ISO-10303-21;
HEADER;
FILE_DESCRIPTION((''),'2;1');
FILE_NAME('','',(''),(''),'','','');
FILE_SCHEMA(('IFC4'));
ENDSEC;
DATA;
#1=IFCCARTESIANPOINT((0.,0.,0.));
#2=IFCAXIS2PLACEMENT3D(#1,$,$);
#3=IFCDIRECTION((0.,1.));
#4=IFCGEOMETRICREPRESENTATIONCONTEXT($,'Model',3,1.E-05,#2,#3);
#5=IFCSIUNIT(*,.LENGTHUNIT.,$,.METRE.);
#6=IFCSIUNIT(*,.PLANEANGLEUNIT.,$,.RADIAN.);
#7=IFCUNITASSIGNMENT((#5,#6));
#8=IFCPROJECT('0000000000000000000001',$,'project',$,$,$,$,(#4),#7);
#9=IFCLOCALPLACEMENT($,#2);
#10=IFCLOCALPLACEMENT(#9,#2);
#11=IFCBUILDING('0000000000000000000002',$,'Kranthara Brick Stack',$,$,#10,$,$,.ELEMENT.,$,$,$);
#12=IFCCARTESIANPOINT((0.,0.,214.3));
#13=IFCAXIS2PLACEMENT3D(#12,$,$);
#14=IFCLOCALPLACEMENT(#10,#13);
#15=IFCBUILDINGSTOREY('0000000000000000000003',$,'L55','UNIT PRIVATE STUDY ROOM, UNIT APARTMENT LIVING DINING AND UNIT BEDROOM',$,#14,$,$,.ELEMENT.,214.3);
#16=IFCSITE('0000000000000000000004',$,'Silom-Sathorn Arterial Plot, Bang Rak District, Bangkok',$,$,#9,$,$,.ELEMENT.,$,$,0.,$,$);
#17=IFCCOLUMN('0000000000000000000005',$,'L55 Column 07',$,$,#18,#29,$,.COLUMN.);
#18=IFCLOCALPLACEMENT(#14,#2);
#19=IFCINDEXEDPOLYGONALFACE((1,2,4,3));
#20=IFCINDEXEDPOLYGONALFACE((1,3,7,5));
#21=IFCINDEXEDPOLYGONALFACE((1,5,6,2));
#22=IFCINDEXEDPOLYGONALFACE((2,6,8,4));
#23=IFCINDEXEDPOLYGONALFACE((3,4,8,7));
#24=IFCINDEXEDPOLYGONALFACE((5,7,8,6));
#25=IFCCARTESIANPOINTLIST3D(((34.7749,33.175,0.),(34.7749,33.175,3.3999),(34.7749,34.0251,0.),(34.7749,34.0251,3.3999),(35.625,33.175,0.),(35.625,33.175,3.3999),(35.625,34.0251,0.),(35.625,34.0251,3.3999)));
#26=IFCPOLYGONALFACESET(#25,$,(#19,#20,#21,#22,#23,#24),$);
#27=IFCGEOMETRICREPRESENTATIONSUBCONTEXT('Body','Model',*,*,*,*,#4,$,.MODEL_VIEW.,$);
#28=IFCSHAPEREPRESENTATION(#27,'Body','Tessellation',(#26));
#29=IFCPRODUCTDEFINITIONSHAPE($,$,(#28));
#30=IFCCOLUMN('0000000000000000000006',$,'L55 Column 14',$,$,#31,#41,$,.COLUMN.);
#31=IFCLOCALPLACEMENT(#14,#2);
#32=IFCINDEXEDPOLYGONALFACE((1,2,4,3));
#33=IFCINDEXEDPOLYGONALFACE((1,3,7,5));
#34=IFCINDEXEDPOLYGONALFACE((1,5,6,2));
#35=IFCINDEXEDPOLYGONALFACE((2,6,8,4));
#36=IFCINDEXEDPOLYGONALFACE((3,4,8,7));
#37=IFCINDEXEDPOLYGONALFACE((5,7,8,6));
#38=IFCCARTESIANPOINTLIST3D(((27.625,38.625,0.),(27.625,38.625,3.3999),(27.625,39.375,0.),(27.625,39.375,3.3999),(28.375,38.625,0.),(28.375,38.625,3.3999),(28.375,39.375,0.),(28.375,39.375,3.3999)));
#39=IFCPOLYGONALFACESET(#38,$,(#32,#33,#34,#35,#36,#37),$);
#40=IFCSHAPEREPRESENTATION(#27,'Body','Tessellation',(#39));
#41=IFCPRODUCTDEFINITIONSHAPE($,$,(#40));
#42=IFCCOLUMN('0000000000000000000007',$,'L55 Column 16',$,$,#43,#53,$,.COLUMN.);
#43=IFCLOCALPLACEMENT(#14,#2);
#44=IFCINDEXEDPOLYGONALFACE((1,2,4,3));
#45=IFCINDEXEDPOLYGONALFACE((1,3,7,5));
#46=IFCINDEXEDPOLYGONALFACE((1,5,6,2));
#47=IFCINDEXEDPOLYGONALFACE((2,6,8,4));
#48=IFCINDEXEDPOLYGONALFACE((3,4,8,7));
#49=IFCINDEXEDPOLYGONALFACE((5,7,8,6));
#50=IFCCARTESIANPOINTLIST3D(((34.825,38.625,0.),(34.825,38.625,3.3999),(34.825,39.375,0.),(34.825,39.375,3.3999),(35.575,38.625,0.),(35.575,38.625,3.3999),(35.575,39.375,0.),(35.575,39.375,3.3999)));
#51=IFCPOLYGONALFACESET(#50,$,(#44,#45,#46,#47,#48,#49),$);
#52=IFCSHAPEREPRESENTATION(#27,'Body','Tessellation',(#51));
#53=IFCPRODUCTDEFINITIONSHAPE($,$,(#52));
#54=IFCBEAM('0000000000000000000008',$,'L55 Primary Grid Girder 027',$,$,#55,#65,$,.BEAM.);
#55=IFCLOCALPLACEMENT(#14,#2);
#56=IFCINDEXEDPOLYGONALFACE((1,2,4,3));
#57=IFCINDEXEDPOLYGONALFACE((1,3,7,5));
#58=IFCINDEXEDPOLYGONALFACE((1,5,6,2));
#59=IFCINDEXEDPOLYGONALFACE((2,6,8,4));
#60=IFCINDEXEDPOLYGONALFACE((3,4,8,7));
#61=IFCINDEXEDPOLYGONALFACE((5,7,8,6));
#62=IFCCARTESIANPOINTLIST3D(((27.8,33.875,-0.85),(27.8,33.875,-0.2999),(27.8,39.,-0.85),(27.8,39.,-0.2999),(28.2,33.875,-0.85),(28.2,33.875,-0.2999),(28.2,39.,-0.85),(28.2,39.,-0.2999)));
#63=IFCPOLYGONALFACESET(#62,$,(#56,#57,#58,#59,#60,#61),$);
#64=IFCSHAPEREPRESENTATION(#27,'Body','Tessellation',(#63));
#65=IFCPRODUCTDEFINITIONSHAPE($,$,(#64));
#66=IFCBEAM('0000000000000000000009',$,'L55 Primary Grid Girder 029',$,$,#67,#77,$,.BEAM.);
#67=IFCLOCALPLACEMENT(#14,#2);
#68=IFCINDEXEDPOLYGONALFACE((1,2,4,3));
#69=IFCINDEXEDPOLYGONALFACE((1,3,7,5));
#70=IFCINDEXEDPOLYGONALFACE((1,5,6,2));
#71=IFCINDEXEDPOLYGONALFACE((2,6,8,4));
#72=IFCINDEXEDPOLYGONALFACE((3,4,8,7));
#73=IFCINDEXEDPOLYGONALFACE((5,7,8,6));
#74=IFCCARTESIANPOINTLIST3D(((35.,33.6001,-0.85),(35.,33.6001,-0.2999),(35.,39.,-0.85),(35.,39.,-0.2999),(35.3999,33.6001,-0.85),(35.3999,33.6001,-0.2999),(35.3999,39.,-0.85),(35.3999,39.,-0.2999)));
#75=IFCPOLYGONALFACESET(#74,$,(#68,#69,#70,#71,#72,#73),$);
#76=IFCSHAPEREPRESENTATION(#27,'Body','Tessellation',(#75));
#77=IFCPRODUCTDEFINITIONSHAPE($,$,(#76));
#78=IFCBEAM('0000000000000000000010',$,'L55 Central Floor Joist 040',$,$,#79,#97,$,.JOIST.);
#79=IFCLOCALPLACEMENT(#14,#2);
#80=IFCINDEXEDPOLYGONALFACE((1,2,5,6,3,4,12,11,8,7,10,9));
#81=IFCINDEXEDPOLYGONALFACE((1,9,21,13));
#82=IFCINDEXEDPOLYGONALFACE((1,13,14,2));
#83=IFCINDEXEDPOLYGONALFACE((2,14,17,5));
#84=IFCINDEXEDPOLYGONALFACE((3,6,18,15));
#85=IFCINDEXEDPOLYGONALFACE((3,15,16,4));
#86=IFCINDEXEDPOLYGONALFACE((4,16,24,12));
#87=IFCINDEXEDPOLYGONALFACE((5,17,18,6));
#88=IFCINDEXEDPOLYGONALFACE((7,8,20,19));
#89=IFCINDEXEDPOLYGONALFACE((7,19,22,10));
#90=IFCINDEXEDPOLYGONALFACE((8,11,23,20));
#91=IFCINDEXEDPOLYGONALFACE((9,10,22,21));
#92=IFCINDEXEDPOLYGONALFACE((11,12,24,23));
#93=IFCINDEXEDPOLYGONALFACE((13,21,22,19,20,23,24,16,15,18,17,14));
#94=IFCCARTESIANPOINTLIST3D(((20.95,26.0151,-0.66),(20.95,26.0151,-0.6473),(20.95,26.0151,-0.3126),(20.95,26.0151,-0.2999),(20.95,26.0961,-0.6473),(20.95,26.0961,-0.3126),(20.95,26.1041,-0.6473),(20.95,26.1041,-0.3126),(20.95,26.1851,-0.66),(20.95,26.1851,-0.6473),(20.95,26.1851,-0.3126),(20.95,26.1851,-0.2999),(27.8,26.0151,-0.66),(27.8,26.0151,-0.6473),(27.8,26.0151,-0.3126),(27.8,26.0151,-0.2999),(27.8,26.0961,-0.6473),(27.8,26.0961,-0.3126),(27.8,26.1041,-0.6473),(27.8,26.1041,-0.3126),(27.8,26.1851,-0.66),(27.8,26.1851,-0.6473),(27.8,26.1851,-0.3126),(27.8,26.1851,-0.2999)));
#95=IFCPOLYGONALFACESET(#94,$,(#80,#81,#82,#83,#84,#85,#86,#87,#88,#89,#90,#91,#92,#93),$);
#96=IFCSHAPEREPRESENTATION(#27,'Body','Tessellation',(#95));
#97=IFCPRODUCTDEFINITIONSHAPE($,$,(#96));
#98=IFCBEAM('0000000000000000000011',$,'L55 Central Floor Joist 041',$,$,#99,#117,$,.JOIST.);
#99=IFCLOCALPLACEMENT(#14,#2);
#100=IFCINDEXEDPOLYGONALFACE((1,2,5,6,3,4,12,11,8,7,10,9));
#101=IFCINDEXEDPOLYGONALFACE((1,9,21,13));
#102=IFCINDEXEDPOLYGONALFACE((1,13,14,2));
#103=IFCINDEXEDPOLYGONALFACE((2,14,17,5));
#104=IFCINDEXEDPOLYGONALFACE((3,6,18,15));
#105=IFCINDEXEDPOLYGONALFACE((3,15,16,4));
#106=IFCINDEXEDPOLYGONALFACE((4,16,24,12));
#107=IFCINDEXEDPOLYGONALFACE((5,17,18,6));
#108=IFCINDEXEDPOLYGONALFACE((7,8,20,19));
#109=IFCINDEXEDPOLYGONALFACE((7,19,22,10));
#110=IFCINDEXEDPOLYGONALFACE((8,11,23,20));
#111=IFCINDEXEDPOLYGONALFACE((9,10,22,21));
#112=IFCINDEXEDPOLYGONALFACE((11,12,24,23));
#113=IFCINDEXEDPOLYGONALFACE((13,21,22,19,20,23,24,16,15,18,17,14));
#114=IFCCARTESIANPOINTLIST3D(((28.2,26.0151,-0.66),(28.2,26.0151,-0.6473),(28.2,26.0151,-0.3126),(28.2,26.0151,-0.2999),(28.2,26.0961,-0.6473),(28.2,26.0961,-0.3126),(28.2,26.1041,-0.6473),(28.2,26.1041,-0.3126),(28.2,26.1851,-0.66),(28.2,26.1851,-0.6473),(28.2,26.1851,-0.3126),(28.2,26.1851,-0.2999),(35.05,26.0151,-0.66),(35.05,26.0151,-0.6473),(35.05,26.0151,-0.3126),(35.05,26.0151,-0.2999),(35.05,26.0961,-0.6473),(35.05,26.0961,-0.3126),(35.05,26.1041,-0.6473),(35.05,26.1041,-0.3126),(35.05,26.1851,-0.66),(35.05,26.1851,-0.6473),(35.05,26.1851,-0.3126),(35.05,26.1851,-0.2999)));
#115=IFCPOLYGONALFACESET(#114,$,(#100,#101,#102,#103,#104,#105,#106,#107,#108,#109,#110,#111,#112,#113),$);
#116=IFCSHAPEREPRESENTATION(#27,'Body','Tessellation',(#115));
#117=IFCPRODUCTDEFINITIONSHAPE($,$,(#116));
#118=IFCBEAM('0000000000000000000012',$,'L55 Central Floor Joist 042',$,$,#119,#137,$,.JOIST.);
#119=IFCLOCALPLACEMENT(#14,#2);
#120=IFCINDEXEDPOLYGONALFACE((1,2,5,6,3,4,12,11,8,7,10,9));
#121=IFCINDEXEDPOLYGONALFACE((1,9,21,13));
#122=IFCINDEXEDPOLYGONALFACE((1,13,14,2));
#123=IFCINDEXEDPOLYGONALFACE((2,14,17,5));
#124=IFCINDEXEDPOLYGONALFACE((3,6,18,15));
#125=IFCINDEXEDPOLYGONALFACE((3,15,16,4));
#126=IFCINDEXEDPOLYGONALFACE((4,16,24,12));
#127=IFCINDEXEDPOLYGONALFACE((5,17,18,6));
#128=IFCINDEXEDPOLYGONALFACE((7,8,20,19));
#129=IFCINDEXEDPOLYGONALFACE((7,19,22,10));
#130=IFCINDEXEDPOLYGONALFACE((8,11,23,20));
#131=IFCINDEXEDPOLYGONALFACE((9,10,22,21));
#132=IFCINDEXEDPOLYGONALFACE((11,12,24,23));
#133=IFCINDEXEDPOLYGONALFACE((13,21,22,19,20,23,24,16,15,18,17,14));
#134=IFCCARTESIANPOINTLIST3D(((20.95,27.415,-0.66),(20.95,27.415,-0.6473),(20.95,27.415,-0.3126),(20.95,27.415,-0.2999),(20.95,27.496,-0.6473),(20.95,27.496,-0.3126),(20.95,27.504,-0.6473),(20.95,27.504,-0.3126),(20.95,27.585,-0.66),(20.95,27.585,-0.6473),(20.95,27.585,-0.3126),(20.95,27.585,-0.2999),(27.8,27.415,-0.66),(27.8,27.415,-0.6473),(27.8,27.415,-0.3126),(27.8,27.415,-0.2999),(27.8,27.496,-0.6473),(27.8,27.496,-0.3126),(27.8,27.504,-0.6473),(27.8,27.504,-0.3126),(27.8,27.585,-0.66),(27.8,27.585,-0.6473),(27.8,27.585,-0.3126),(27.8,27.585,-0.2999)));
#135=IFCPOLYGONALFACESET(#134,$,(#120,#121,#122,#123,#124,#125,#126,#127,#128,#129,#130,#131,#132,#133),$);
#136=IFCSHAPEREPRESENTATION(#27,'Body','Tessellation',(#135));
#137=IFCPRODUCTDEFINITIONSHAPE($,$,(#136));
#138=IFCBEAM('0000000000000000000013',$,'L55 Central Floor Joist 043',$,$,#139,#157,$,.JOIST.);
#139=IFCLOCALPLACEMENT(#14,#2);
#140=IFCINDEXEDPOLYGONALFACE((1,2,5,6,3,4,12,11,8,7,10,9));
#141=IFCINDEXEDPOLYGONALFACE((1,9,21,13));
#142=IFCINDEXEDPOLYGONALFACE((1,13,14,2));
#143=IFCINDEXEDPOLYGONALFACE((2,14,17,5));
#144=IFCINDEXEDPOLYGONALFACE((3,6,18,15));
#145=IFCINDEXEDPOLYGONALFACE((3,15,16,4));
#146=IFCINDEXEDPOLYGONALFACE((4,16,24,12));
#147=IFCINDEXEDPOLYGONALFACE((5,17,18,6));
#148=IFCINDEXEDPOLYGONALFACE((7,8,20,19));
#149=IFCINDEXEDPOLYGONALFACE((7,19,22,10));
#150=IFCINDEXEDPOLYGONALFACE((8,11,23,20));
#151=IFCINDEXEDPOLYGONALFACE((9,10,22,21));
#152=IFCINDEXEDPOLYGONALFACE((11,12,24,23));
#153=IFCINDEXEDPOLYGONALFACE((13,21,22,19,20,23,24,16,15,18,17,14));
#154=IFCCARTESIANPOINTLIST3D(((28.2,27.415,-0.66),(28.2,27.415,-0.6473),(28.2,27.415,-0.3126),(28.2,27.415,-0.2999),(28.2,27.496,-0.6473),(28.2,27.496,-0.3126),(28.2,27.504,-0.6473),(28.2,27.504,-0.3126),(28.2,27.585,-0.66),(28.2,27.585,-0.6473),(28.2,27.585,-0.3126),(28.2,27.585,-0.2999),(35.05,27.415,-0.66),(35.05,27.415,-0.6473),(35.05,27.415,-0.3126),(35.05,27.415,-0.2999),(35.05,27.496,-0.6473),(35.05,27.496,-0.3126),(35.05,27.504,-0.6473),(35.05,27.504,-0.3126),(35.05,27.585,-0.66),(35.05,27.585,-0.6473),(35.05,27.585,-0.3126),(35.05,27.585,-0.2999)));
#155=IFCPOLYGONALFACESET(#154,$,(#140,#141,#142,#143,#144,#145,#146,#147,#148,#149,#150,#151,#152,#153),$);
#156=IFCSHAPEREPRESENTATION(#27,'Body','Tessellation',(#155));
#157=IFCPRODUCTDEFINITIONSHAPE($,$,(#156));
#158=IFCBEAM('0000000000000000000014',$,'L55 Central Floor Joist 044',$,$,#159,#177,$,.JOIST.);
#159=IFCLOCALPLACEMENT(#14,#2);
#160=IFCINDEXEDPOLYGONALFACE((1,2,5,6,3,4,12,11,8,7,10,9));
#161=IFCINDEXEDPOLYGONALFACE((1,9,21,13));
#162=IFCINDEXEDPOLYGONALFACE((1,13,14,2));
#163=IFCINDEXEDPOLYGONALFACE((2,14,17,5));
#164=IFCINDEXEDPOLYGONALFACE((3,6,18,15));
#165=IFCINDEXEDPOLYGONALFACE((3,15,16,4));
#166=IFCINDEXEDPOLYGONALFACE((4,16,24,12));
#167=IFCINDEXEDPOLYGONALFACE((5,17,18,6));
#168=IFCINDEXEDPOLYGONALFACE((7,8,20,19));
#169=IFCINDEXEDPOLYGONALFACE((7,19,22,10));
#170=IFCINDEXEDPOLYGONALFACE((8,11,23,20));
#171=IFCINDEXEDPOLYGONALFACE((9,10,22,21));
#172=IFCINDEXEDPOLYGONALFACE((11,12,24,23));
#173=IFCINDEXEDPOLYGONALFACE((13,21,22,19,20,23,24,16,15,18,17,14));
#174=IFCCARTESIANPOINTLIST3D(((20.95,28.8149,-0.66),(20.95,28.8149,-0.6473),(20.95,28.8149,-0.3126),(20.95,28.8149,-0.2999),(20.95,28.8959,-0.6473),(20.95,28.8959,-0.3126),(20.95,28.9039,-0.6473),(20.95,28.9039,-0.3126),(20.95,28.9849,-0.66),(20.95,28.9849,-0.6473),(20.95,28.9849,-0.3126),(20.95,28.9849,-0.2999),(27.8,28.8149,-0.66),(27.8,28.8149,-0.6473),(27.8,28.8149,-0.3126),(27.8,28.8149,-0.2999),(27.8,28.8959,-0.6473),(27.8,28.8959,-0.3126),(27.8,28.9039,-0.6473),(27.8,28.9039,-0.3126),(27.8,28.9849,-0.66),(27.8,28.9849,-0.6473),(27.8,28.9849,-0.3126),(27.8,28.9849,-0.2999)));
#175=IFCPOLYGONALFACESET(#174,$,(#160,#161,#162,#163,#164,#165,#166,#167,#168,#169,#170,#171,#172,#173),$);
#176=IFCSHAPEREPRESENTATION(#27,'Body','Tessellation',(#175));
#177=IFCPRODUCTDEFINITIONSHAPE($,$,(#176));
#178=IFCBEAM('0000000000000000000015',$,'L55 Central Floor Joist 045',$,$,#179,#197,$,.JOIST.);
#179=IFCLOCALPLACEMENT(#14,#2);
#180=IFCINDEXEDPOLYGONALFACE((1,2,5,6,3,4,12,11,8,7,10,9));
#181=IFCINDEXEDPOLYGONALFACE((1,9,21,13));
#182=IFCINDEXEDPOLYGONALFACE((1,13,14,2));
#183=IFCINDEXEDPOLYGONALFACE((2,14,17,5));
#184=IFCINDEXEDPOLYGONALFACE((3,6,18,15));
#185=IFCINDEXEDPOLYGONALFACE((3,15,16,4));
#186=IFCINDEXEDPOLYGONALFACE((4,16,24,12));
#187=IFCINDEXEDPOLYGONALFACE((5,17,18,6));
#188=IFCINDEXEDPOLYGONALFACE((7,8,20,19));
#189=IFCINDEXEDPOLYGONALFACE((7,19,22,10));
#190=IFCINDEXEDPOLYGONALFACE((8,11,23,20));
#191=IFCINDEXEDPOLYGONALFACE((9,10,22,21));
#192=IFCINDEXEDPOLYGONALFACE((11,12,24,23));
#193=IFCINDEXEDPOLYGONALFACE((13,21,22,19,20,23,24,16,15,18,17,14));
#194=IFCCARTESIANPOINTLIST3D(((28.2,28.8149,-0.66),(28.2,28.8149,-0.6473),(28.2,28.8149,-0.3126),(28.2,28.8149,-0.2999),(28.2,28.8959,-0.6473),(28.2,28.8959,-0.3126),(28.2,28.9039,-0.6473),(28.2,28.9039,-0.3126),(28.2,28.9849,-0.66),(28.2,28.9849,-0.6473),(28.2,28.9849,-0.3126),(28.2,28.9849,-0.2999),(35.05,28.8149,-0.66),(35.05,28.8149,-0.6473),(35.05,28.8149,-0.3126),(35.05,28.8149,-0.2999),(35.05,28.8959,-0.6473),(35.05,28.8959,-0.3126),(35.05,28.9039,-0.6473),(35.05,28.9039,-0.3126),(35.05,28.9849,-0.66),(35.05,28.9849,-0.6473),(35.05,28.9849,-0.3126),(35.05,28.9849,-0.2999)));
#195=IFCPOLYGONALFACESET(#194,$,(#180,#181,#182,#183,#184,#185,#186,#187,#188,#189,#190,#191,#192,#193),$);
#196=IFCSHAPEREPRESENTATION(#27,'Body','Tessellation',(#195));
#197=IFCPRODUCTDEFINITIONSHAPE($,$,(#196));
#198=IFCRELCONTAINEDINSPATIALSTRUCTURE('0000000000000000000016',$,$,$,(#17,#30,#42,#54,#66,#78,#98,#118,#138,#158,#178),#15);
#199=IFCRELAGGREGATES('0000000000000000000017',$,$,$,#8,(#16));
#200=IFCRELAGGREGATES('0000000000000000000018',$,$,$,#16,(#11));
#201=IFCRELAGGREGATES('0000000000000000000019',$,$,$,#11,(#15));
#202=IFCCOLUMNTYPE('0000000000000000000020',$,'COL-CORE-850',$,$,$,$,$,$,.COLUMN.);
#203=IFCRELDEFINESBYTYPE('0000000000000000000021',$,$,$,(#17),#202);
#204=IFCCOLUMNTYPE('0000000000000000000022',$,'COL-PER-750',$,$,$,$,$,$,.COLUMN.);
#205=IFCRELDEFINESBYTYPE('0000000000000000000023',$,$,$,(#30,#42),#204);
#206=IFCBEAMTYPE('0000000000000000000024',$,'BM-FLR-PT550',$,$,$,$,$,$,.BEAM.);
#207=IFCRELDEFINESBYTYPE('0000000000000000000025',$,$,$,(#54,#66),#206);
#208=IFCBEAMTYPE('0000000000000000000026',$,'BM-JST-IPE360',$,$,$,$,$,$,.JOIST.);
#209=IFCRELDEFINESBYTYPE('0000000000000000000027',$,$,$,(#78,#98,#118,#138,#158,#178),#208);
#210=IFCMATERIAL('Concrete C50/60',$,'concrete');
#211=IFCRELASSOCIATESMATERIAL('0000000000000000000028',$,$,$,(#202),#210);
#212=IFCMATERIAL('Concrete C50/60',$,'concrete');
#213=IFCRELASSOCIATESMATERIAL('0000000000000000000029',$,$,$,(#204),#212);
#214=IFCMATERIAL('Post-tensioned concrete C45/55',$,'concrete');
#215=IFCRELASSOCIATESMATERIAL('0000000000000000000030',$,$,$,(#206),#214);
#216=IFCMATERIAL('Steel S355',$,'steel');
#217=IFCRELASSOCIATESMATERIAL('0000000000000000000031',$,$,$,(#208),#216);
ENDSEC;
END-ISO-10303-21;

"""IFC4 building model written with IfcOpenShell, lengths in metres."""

from ifc_helpers import new_model, si_unit, direction, frame, origin, origin_2d, place, context, subcontext, project, spatial, rectangle, i_section, extrude, material, material_profile, profile_set, type_object, element, save


model = new_model("IFC4")

# Units and contexts
model_context = context("Model", 3, precision=1e-05, world=origin(), true_north=direction((0.0, 1.0)))
body_context = subcontext(model_context, "Body", "Model", "MODEL_VIEW")
ifc_project = project(units=[si_unit("LENGTHUNIT", "METRE"), si_unit("PLANEANGLEUNIT", "RADIAN")], contexts=[model_context])

# Site, building, storey
site_placement = place(None, origin())
site = spatial("IfcSite", under=ifc_project, at=site_placement, Name="Silom-Sathorn Arterial Plot, Bang Rak District, Bangkok", CompositionType="ELEMENT", RefElevation=0.0)
building_placement = place(site_placement, origin())
building = spatial("IfcBuilding", under=site, at=building_placement, Name="Kranthara Brick Stack", CompositionType="ELEMENT")
storey_placement = place(building_placement, frame((0.0, 0.0, 214.3)))
storey = spatial("IfcBuildingStorey", under=building, at=storey_placement, Name="L55", Description="UNIT PRIVATE STUDY ROOM, UNIT APARTMENT LIVING DINING AND UNIT BEDROOM", CompositionType="ELEMENT", Elevation=214.3)

# Columns
ifc_material_1 = material(Name="Concrete C50/60", Category="concrete")
ifc_material_profile_1 = material_profile(ifc_material_1, rectangle(XDim=0.8501, YDim=0.8501, at=origin_2d()), Name="RC 850x850")
ifc_profile_set_1 = profile_set([ifc_material_profile_1], Name="Concrete C50/60")
column_type_1 = type_object("IfcColumnType", Name="COL-CORE-850", PredefinedType="COLUMN", material=ifc_profile_set_1)
column_placement = place(storey_placement, frame((35.2, 33.6001, 0.0), z_axis=(0.0, 0.0, 1.0), x_axis=(1.0, 0.0, 0.0)))
element("IfcColumn", 1, at=column_placement, inside=storey, type_object=column_type_1, Name="L55 Column 07", PredefinedType="COLUMN", context=body_context, shape_type="SweptSolid", body=[
    extrude(rectangle(XDim=0.8501, YDim=0.8501, at=origin_2d()), origin(), (0.0, 0.0, 1.0), 3.3999),
])
ifc_material_2 = material(Name="Concrete C50/60", Category="concrete")
ifc_material_profile_2 = material_profile(ifc_material_2, rectangle(XDim=0.75, YDim=0.75, at=origin_2d()), Name="RC 750x750")
ifc_profile_set_2 = profile_set([ifc_material_profile_2], Name="Concrete C50/60")
column_type_2 = type_object("IfcColumnType", Name="COL-PER-750", PredefinedType="COLUMN", material=ifc_profile_set_2)
for number, where, z_axis, x_axis, name in (
    (2, (28.0, 39.0, 0.0), (0.0, 0.0, 1.0), (1.0, 0.0, 0.0), "L55 Column 14"),
    (3, (35.2, 39.0, 0.0), (0.0, 0.0, 1.0), (1.0, 0.0, 0.0), "L55 Column 16"),
):
    element("IfcColumn", number, at=place(storey_placement, frame(where, z_axis=z_axis, x_axis=x_axis)), inside=storey, type_object=column_type_2, Name=name, PredefinedType="COLUMN", context=body_context, shape_type="SweptSolid", body=[
        extrude(rectangle(XDim=0.75, YDim=0.75, at=origin_2d()), origin(), (0.0, 0.0, 1.0), 3.3999),
    ])

# Beams
ifc_material_3 = material(Name="Post-tensioned concrete C45/55", Category="concrete")
ifc_material_profile_3 = material_profile(ifc_material_3, rectangle(XDim=0.3999, YDim=0.55, at=origin_2d()), Name="PT 400x550")
ifc_profile_set_3 = profile_set([ifc_material_profile_3], Name="Post-tensioned concrete C45/55")
beam_type_1 = type_object("IfcBeamType", Name="BM-FLR-PT550", PredefinedType="BEAM", material=ifc_profile_set_3)
beam_1_placement = place(storey_placement, frame((28.0, 33.875, -0.575), z_axis=(0.0, 1.0, 0.0), x_axis=(-1.0, 0.0, 0.0)))
element("IfcBeam", 4, at=beam_1_placement, inside=storey, type_object=beam_type_1, Name="L55 Primary Grid Girder 027", PredefinedType="BEAM", context=body_context, shape_type="SweptSolid", body=[
    extrude(rectangle(XDim=0.3999, YDim=0.55, at=origin_2d()), origin(), (0.0, 0.0, 1.0), 5.125),
])
beam_2_placement = place(storey_placement, frame((35.2, 33.6001, -0.575), z_axis=(0.0, 1.0, 0.0), x_axis=(-1.0, 0.0, 0.0)))
element("IfcBeam", 5, at=beam_2_placement, inside=storey, type_object=beam_type_1, Name="L55 Primary Grid Girder 029", PredefinedType="BEAM", context=body_context, shape_type="SweptSolid", body=[
    extrude(rectangle(XDim=0.3999, YDim=0.55, at=origin_2d()), origin(), (0.0, 0.0, 1.0), 5.3999),
])
ifc_material_4 = material(Name="Steel S355", Category="steel")
ifc_material_profile_4 = material_profile(ifc_material_4, i_section(OverallWidth=0.1699, OverallDepth=0.3601, WebThickness=0.0081, FlangeThickness=0.0127, at=origin_2d()), Name="IPE 360")
ifc_profile_set_4 = profile_set([ifc_material_profile_4], Name="Steel S355")
beam_type_2 = type_object("IfcBeamType", Name="BM-JST-IPE360", PredefinedType="JOIST", material=ifc_profile_set_4)
for number, where, z_axis, x_axis, name in (
    (6, (20.95, 26.1001, -0.48), (1.0, 0.0, 0.0), (0.0, 1.0, 0.0), "L55 Central Floor Joist 040"),
    (7, (28.2, 26.1001, -0.48), (1.0, 0.0, 0.0), (0.0, 1.0, 0.0), "L55 Central Floor Joist 041"),
    (8, (20.95, 27.5, -0.48), (1.0, 0.0, 0.0), (0.0, 1.0, 0.0), "L55 Central Floor Joist 042"),
    (9, (28.2, 27.5, -0.48), (1.0, 0.0, 0.0), (0.0, 1.0, 0.0), "L55 Central Floor Joist 043"),
    (10, (20.95, 28.8999, -0.48), (1.0, 0.0, 0.0), (0.0, 1.0, 0.0), "L55 Central Floor Joist 044"),
    (11, (28.2, 28.8999, -0.48), (1.0, 0.0, 0.0), (0.0, 1.0, 0.0), "L55 Central Floor Joist 045"),
):
    element("IfcBeam", number, at=place(storey_placement, frame(where, z_axis=z_axis, x_axis=x_axis)), inside=storey, type_object=beam_type_2, Name=name, PredefinedType="JOIST", context=body_context, shape_type="SweptSolid", body=[
        extrude(i_section(OverallWidth=0.1699, OverallDepth=0.3601, WebThickness=0.0081, FlangeThickness=0.0127, at=origin_2d()), origin(), (0.0, 0.0, 1.0), 6.8501),
    ])

save(model, "model.ifc")
